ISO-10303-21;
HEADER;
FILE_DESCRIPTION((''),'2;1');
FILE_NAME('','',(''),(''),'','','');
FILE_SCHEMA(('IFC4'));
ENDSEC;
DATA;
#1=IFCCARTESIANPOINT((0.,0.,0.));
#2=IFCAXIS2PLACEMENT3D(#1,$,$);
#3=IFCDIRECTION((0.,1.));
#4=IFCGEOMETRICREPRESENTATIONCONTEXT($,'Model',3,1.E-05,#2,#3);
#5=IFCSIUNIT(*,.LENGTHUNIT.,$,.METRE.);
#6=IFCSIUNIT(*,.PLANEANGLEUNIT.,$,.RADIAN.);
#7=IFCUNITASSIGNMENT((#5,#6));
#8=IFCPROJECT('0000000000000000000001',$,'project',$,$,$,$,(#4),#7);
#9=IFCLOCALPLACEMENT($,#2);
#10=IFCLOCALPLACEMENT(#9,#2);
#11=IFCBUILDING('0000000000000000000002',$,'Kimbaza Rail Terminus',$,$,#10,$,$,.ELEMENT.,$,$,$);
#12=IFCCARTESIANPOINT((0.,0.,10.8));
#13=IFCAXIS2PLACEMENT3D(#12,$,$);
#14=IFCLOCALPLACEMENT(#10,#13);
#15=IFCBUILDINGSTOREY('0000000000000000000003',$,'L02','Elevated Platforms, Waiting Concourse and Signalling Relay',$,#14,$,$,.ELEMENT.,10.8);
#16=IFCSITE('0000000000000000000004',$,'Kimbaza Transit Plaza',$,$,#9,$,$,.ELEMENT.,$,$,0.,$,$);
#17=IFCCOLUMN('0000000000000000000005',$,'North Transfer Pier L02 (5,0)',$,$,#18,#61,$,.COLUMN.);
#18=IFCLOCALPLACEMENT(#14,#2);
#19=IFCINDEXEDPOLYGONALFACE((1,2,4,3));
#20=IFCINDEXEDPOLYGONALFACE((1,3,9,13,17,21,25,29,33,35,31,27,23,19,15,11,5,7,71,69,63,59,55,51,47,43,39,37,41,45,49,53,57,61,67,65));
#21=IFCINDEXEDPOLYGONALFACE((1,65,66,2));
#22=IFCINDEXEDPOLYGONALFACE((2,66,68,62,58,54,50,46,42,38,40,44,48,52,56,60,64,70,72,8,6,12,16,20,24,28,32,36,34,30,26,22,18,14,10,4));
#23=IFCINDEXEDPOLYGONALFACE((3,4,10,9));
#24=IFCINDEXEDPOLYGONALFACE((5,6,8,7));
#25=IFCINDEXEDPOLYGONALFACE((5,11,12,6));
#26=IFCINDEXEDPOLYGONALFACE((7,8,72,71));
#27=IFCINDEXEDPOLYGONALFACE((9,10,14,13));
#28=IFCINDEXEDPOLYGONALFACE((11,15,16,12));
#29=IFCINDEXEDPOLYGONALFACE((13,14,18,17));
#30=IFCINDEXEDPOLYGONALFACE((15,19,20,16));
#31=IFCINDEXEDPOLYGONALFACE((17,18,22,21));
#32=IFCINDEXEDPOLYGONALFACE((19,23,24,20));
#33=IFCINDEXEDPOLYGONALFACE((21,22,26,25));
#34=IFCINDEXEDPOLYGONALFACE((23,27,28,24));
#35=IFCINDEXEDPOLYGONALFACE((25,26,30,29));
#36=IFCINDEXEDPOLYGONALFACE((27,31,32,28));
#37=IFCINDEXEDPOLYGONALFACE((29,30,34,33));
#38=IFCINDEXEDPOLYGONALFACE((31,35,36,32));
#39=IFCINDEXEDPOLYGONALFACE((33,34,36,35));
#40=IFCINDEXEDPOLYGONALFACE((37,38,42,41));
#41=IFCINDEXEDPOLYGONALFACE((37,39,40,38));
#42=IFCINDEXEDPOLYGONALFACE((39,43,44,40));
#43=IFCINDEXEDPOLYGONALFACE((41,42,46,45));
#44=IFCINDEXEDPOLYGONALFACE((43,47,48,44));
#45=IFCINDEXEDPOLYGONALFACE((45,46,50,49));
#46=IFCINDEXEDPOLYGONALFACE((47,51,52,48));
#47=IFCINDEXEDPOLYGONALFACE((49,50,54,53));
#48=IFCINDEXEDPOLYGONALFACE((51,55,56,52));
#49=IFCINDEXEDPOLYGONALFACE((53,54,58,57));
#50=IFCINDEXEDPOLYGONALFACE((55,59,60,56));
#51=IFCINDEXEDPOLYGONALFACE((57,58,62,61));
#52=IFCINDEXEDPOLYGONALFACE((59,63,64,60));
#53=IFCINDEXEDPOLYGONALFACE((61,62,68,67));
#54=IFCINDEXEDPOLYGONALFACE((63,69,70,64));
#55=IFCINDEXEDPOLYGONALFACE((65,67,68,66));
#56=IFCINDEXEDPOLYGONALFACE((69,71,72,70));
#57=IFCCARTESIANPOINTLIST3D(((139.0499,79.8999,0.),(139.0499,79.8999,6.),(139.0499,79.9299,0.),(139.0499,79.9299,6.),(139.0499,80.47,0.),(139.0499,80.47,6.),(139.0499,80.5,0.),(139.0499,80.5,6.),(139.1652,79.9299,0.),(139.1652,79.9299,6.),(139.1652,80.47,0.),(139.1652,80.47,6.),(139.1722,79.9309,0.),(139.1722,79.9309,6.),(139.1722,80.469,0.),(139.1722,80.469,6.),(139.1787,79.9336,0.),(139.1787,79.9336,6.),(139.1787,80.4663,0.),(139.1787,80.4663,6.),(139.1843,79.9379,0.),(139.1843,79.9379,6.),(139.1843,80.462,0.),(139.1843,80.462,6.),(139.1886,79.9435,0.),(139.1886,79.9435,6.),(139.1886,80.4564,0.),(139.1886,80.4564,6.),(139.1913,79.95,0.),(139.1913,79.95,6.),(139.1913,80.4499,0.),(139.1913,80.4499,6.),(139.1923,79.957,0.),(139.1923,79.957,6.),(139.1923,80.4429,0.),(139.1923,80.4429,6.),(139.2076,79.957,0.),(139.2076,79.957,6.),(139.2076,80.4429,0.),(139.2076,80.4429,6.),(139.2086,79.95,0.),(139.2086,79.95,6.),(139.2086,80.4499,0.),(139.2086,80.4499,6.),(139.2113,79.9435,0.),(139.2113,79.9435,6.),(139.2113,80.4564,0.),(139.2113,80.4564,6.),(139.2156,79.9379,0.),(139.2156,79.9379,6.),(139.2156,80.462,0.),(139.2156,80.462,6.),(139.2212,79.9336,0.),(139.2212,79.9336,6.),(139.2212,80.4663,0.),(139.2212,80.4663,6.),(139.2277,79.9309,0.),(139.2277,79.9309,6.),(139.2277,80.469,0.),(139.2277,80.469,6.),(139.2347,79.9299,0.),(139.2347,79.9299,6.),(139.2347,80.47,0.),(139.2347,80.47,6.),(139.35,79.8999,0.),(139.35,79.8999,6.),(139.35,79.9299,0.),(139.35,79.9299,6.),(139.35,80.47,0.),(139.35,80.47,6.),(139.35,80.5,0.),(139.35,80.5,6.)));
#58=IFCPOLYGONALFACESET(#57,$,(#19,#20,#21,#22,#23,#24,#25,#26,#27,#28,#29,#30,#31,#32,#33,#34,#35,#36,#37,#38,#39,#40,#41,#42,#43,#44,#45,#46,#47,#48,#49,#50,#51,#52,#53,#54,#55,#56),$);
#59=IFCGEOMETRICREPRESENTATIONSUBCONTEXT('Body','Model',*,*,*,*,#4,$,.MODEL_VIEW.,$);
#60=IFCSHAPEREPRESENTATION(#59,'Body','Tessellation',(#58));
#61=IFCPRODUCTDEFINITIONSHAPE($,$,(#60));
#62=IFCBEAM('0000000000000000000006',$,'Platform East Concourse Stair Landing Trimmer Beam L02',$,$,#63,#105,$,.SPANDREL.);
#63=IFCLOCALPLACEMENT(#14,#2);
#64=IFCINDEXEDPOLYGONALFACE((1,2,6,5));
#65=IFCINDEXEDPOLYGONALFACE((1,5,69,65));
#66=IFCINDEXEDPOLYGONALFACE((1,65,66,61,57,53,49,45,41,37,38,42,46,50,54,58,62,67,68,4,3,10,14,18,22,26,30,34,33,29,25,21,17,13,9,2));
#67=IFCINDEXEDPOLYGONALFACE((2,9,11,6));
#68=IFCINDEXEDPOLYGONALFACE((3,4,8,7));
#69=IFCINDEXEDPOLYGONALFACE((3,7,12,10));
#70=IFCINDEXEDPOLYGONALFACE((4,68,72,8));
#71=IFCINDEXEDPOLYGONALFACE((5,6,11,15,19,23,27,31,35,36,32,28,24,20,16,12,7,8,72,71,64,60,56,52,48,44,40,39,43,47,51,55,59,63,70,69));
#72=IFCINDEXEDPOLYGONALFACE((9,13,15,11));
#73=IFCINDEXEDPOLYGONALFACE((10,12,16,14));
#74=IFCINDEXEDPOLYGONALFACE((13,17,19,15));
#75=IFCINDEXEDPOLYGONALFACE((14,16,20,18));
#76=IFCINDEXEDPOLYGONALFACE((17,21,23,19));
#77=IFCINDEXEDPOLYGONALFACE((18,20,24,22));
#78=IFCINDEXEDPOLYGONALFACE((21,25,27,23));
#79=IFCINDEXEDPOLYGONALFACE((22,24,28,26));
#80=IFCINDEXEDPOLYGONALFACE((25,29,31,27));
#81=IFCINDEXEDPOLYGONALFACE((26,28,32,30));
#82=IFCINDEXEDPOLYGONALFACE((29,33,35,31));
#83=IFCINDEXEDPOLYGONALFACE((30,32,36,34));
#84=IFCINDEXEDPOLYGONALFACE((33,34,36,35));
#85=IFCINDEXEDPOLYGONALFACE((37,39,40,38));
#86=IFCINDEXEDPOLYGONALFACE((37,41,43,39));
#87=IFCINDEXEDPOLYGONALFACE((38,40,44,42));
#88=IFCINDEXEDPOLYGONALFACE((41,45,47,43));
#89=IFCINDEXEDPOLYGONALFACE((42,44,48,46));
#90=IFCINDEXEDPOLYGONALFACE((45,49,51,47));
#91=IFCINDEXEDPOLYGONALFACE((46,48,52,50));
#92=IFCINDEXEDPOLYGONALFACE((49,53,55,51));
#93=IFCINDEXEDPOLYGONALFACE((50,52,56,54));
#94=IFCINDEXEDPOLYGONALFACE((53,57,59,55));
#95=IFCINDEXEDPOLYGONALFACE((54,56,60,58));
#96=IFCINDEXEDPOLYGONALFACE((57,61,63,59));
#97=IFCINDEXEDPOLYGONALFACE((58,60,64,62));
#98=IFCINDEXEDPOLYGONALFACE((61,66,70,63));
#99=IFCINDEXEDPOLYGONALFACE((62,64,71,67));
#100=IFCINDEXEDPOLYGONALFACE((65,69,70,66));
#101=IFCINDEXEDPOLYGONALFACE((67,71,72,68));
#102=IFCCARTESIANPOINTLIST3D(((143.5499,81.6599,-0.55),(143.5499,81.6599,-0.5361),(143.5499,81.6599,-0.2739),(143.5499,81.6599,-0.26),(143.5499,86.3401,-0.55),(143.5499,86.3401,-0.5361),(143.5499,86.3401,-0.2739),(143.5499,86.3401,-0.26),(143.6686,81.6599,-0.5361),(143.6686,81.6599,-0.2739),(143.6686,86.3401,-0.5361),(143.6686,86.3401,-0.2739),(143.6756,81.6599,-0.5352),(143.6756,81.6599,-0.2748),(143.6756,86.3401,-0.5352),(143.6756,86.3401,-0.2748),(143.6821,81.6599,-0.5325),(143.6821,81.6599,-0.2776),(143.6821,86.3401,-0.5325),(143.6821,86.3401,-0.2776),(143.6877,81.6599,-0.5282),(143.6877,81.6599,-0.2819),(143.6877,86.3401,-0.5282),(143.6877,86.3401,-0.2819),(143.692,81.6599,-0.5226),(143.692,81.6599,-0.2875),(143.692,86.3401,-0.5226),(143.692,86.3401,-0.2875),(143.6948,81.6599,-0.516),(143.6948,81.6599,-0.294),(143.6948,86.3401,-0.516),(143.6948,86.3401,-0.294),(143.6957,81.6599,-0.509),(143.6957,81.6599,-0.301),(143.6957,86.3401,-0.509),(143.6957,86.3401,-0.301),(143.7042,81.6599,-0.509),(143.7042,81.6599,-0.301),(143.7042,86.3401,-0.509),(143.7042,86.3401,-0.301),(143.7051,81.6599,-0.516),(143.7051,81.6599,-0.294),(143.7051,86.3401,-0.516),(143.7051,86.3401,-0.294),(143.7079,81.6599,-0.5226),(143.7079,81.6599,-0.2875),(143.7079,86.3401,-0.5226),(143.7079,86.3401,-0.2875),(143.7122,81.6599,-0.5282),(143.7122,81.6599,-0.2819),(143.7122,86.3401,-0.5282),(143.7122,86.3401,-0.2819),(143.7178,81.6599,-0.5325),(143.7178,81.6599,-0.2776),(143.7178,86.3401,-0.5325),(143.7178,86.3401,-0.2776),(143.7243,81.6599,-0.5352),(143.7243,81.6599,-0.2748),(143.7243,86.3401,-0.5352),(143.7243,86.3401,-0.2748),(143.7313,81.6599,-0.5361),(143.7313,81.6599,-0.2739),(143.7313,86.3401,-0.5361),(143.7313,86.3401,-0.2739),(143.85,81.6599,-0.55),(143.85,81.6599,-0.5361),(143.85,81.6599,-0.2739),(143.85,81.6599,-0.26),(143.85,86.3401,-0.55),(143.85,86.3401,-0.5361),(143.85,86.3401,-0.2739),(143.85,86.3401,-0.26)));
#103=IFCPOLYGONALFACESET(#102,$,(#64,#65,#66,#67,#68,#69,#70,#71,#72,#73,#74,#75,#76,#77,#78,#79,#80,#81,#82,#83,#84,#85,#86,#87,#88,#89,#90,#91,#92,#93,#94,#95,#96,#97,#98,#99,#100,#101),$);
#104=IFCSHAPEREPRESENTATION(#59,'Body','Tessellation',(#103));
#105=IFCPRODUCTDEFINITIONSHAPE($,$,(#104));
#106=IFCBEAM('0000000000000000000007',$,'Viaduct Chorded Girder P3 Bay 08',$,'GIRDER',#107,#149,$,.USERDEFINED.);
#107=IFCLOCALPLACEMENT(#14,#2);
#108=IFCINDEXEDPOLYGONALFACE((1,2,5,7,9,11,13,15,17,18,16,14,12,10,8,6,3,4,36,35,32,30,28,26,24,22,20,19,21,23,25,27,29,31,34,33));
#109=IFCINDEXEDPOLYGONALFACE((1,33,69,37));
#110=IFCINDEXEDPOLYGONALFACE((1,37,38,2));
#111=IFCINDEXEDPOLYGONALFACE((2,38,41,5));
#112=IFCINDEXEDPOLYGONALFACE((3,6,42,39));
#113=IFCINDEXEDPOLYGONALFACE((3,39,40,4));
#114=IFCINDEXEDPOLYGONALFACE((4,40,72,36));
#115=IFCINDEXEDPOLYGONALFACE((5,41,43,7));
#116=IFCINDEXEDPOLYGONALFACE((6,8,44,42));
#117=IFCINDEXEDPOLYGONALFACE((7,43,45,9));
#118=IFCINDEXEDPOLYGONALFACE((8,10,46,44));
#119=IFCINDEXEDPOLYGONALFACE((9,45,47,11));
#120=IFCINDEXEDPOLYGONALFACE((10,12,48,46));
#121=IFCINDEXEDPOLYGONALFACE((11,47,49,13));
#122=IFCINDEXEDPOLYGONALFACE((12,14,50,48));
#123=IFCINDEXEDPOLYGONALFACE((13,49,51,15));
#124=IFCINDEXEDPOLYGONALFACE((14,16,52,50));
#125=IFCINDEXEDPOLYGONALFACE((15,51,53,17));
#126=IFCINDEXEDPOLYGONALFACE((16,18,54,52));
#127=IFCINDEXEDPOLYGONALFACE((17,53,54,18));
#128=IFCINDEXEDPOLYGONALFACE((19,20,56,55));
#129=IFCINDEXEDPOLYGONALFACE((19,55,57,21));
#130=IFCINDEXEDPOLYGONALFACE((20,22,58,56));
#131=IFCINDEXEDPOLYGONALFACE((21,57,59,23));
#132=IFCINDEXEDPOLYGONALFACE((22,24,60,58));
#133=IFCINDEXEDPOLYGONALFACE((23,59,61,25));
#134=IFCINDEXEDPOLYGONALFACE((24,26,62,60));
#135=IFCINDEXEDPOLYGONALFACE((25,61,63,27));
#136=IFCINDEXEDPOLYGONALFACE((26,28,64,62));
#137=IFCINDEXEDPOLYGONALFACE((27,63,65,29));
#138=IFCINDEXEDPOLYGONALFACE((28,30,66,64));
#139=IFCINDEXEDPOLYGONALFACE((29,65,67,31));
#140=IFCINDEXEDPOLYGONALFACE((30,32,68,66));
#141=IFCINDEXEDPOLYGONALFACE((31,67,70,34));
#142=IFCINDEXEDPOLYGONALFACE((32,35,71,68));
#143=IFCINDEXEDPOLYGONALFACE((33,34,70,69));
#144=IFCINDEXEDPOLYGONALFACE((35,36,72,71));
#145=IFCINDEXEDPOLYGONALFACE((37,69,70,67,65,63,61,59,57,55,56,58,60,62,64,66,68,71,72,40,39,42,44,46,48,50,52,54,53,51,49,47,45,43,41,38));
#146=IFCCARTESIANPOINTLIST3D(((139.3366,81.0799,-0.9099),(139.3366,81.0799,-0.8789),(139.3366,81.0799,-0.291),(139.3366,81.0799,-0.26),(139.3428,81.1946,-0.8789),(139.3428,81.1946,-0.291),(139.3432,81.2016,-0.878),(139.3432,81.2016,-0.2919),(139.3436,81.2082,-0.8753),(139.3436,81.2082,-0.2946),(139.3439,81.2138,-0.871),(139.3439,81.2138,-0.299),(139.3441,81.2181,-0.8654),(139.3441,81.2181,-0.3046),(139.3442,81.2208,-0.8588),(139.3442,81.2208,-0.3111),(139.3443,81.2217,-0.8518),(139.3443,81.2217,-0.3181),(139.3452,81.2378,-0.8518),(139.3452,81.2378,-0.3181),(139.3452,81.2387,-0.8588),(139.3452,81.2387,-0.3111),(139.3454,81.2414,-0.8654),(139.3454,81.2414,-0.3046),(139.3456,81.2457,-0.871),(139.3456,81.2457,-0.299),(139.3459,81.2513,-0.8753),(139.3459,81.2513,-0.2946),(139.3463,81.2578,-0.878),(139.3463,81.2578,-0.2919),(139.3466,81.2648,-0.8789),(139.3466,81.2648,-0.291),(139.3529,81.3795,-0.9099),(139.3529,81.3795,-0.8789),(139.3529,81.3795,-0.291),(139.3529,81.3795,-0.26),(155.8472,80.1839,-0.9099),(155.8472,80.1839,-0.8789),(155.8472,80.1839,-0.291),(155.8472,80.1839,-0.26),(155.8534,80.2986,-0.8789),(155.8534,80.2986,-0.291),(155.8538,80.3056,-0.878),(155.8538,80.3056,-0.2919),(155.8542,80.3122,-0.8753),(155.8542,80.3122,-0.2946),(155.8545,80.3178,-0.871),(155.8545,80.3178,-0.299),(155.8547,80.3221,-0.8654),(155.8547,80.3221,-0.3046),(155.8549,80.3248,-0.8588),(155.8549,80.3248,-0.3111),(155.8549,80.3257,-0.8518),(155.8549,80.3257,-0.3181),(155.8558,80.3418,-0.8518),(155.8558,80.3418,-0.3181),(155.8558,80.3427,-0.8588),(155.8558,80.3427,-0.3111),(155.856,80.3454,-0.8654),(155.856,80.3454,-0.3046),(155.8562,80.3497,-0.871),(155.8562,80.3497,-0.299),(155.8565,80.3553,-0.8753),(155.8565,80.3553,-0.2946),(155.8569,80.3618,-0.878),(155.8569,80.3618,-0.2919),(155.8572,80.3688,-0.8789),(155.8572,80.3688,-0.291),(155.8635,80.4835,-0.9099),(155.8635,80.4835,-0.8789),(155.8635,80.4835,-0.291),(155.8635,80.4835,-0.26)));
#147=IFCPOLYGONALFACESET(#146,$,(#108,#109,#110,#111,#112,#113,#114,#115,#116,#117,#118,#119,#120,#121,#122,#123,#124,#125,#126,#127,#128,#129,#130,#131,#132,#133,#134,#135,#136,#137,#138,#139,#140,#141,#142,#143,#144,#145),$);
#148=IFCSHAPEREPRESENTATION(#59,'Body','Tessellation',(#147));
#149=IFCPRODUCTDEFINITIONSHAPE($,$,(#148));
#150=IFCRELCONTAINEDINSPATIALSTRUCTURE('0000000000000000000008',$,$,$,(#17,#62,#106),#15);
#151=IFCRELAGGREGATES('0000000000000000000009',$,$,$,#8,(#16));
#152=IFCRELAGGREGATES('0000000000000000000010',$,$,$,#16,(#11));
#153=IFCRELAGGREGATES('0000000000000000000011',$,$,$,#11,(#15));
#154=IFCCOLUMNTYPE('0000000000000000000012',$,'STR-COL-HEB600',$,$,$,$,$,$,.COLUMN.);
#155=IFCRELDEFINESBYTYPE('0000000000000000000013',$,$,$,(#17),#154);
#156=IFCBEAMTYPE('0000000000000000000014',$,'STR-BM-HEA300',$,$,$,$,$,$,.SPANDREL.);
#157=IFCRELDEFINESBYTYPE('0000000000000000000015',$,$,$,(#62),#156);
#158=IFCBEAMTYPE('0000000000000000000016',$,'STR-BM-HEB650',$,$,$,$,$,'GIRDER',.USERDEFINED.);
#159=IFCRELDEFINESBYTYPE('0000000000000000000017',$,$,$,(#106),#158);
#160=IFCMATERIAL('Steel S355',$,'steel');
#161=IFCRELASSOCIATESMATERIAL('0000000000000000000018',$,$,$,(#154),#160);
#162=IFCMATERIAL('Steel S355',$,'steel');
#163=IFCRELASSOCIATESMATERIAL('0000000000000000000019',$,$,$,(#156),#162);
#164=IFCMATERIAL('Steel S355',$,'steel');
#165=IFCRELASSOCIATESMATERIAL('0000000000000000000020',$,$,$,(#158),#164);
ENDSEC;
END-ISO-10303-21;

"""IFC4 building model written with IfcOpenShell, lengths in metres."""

from ifc_helpers import new_model, si_unit, direction, frame, origin, origin_2d, place, context, subcontext, project, spatial, i_section, extrude, material, material_profile, profile_set, type_object, element, save


model = new_model("IFC4")

# Units and contexts
model_context = context("Model", 3, precision=1e-05, world=origin(), true_north=direction((0.0, 1.0)))
body_context = subcontext(model_context, "Body", "Model", "MODEL_VIEW")
ifc_project = project(units=[si_unit("LENGTHUNIT", "METRE"), si_unit("PLANEANGLEUNIT", "RADIAN")], contexts=[model_context])

# Site, building, storey
site_placement = place(None, origin())
site = spatial("IfcSite", under=ifc_project, at=site_placement, Name="Kimbaza Transit Plaza", CompositionType="ELEMENT", RefElevation=0.0)
building_placement = place(site_placement, origin())
building = spatial("IfcBuilding", under=site, at=building_placement, Name="Kimbaza Rail Terminus", CompositionType="ELEMENT")
storey_placement = place(building_placement, frame((0.0, 0.0, 10.8)))
storey = spatial("IfcBuildingStorey", under=building, at=storey_placement, Name="L02", Description="Elevated Platforms, Waiting Concourse and Signalling Relay", CompositionType="ELEMENT", Elevation=10.8)

# Column
ifc_material_1 = material(Name="Steel S355", Category="steel")
ifc_material_profile_1 = material_profile(ifc_material_1, i_section(OverallWidth=0.3, OverallDepth=0.6001, WebThickness=0.0154, FlangeThickness=0.03, FilletRadius=0.0271, at=origin_2d()), Name="HEB 600")
ifc_profile_set_1 = profile_set([ifc_material_profile_1], Name="Steel S355")
column_type = type_object("IfcColumnType", Name="STR-COL-HEB600", PredefinedType="COLUMN", material=ifc_profile_set_1)
column_placement = place(storey_placement, frame((139.2, 80.2, 0.0), z_axis=(0.0, 0.0, 1.0), x_axis=(1.0, 0.0, 0.0)))
element("IfcColumn", 1, at=column_placement, inside=storey, type_object=column_type, Name="North Transfer Pier L02 (5,0)", PredefinedType="COLUMN", context=body_context, shape_type="SweptSolid", body=[
    extrude(i_section(OverallWidth=0.3, OverallDepth=0.6001, WebThickness=0.0154, FlangeThickness=0.03, FilletRadius=0.0271, at=origin_2d()), origin(), (0.0, 0.0, 1.0), 6.0),
])

# Beams
ifc_material_2 = material(Name="Steel S355", Category="steel")
ifc_material_profile_2 = material_profile(ifc_material_2, i_section(OverallWidth=0.3, OverallDepth=0.29, WebThickness=0.0085, FlangeThickness=0.0139, FilletRadius=0.0271, at=origin_2d()), Name="HEA 300")
ifc_profile_set_2 = profile_set([ifc_material_profile_2], Name="Steel S355")
beam_type_1 = type_object("IfcBeamType", Name="STR-BM-HEA300", PredefinedType="SPANDREL", material=ifc_profile_set_2)
beam_1_placement = place(storey_placement, frame((143.7, 81.6599, -0.405), z_axis=(0.0, 1.0, 0.0), x_axis=(-1.0, 0.0, 0.0)))
element("IfcBeam", 2, at=beam_1_placement, inside=storey, type_object=beam_type_1, Name="Platform East Concourse Stair Landing Trimmer Beam L02", PredefinedType="SPANDREL", context=body_context, shape_type="SweptSolid", body=[
    extrude(i_section(OverallWidth=0.3, OverallDepth=0.29, WebThickness=0.0085, FlangeThickness=0.0139, FilletRadius=0.0271, at=origin_2d()), origin(), (0.0, 0.0, 1.0), 4.6802),
])
ifc_material_3 = material(Name="Steel S355", Category="steel")
ifc_material_profile_3 = material_profile(ifc_material_3, i_section(OverallWidth=0.3, OverallDepth=0.6499, WebThickness=0.0161, FlangeThickness=0.031, FilletRadius=0.0271, at=origin_2d()), Name="HEB 650")
ifc_profile_set_3 = profile_set([ifc_material_profile_3], Name="Steel S355")
beam_type_2 = type_object("IfcBeamType", Name="STR-BM-HEB650", ElementType="GIRDER", PredefinedType="USERDEFINED", material=ifc_profile_set_3)
beam_2_placement = place(storey_placement, frame((139.3447, 81.2297, -0.585), z_axis=(0.998531, -0.054189, 0.0), x_axis=(0.054189, 0.998531, 0.0)))
element("IfcBeam", 3, at=beam_2_placement, inside=storey, type_object=beam_type_2, Name="Viaduct Chorded Girder P3 Bay 08", ObjectType="GIRDER", PredefinedType="USERDEFINED", context=body_context, shape_type="SweptSolid", body=[
    extrude(i_section(OverallWidth=0.3, OverallDepth=0.6499, WebThickness=0.0161, FlangeThickness=0.031, FilletRadius=0.0271, at=origin_2d()), origin(), (0.0, 0.0, 1.0), 16.5349),
])

save(model, "model.ifc")
